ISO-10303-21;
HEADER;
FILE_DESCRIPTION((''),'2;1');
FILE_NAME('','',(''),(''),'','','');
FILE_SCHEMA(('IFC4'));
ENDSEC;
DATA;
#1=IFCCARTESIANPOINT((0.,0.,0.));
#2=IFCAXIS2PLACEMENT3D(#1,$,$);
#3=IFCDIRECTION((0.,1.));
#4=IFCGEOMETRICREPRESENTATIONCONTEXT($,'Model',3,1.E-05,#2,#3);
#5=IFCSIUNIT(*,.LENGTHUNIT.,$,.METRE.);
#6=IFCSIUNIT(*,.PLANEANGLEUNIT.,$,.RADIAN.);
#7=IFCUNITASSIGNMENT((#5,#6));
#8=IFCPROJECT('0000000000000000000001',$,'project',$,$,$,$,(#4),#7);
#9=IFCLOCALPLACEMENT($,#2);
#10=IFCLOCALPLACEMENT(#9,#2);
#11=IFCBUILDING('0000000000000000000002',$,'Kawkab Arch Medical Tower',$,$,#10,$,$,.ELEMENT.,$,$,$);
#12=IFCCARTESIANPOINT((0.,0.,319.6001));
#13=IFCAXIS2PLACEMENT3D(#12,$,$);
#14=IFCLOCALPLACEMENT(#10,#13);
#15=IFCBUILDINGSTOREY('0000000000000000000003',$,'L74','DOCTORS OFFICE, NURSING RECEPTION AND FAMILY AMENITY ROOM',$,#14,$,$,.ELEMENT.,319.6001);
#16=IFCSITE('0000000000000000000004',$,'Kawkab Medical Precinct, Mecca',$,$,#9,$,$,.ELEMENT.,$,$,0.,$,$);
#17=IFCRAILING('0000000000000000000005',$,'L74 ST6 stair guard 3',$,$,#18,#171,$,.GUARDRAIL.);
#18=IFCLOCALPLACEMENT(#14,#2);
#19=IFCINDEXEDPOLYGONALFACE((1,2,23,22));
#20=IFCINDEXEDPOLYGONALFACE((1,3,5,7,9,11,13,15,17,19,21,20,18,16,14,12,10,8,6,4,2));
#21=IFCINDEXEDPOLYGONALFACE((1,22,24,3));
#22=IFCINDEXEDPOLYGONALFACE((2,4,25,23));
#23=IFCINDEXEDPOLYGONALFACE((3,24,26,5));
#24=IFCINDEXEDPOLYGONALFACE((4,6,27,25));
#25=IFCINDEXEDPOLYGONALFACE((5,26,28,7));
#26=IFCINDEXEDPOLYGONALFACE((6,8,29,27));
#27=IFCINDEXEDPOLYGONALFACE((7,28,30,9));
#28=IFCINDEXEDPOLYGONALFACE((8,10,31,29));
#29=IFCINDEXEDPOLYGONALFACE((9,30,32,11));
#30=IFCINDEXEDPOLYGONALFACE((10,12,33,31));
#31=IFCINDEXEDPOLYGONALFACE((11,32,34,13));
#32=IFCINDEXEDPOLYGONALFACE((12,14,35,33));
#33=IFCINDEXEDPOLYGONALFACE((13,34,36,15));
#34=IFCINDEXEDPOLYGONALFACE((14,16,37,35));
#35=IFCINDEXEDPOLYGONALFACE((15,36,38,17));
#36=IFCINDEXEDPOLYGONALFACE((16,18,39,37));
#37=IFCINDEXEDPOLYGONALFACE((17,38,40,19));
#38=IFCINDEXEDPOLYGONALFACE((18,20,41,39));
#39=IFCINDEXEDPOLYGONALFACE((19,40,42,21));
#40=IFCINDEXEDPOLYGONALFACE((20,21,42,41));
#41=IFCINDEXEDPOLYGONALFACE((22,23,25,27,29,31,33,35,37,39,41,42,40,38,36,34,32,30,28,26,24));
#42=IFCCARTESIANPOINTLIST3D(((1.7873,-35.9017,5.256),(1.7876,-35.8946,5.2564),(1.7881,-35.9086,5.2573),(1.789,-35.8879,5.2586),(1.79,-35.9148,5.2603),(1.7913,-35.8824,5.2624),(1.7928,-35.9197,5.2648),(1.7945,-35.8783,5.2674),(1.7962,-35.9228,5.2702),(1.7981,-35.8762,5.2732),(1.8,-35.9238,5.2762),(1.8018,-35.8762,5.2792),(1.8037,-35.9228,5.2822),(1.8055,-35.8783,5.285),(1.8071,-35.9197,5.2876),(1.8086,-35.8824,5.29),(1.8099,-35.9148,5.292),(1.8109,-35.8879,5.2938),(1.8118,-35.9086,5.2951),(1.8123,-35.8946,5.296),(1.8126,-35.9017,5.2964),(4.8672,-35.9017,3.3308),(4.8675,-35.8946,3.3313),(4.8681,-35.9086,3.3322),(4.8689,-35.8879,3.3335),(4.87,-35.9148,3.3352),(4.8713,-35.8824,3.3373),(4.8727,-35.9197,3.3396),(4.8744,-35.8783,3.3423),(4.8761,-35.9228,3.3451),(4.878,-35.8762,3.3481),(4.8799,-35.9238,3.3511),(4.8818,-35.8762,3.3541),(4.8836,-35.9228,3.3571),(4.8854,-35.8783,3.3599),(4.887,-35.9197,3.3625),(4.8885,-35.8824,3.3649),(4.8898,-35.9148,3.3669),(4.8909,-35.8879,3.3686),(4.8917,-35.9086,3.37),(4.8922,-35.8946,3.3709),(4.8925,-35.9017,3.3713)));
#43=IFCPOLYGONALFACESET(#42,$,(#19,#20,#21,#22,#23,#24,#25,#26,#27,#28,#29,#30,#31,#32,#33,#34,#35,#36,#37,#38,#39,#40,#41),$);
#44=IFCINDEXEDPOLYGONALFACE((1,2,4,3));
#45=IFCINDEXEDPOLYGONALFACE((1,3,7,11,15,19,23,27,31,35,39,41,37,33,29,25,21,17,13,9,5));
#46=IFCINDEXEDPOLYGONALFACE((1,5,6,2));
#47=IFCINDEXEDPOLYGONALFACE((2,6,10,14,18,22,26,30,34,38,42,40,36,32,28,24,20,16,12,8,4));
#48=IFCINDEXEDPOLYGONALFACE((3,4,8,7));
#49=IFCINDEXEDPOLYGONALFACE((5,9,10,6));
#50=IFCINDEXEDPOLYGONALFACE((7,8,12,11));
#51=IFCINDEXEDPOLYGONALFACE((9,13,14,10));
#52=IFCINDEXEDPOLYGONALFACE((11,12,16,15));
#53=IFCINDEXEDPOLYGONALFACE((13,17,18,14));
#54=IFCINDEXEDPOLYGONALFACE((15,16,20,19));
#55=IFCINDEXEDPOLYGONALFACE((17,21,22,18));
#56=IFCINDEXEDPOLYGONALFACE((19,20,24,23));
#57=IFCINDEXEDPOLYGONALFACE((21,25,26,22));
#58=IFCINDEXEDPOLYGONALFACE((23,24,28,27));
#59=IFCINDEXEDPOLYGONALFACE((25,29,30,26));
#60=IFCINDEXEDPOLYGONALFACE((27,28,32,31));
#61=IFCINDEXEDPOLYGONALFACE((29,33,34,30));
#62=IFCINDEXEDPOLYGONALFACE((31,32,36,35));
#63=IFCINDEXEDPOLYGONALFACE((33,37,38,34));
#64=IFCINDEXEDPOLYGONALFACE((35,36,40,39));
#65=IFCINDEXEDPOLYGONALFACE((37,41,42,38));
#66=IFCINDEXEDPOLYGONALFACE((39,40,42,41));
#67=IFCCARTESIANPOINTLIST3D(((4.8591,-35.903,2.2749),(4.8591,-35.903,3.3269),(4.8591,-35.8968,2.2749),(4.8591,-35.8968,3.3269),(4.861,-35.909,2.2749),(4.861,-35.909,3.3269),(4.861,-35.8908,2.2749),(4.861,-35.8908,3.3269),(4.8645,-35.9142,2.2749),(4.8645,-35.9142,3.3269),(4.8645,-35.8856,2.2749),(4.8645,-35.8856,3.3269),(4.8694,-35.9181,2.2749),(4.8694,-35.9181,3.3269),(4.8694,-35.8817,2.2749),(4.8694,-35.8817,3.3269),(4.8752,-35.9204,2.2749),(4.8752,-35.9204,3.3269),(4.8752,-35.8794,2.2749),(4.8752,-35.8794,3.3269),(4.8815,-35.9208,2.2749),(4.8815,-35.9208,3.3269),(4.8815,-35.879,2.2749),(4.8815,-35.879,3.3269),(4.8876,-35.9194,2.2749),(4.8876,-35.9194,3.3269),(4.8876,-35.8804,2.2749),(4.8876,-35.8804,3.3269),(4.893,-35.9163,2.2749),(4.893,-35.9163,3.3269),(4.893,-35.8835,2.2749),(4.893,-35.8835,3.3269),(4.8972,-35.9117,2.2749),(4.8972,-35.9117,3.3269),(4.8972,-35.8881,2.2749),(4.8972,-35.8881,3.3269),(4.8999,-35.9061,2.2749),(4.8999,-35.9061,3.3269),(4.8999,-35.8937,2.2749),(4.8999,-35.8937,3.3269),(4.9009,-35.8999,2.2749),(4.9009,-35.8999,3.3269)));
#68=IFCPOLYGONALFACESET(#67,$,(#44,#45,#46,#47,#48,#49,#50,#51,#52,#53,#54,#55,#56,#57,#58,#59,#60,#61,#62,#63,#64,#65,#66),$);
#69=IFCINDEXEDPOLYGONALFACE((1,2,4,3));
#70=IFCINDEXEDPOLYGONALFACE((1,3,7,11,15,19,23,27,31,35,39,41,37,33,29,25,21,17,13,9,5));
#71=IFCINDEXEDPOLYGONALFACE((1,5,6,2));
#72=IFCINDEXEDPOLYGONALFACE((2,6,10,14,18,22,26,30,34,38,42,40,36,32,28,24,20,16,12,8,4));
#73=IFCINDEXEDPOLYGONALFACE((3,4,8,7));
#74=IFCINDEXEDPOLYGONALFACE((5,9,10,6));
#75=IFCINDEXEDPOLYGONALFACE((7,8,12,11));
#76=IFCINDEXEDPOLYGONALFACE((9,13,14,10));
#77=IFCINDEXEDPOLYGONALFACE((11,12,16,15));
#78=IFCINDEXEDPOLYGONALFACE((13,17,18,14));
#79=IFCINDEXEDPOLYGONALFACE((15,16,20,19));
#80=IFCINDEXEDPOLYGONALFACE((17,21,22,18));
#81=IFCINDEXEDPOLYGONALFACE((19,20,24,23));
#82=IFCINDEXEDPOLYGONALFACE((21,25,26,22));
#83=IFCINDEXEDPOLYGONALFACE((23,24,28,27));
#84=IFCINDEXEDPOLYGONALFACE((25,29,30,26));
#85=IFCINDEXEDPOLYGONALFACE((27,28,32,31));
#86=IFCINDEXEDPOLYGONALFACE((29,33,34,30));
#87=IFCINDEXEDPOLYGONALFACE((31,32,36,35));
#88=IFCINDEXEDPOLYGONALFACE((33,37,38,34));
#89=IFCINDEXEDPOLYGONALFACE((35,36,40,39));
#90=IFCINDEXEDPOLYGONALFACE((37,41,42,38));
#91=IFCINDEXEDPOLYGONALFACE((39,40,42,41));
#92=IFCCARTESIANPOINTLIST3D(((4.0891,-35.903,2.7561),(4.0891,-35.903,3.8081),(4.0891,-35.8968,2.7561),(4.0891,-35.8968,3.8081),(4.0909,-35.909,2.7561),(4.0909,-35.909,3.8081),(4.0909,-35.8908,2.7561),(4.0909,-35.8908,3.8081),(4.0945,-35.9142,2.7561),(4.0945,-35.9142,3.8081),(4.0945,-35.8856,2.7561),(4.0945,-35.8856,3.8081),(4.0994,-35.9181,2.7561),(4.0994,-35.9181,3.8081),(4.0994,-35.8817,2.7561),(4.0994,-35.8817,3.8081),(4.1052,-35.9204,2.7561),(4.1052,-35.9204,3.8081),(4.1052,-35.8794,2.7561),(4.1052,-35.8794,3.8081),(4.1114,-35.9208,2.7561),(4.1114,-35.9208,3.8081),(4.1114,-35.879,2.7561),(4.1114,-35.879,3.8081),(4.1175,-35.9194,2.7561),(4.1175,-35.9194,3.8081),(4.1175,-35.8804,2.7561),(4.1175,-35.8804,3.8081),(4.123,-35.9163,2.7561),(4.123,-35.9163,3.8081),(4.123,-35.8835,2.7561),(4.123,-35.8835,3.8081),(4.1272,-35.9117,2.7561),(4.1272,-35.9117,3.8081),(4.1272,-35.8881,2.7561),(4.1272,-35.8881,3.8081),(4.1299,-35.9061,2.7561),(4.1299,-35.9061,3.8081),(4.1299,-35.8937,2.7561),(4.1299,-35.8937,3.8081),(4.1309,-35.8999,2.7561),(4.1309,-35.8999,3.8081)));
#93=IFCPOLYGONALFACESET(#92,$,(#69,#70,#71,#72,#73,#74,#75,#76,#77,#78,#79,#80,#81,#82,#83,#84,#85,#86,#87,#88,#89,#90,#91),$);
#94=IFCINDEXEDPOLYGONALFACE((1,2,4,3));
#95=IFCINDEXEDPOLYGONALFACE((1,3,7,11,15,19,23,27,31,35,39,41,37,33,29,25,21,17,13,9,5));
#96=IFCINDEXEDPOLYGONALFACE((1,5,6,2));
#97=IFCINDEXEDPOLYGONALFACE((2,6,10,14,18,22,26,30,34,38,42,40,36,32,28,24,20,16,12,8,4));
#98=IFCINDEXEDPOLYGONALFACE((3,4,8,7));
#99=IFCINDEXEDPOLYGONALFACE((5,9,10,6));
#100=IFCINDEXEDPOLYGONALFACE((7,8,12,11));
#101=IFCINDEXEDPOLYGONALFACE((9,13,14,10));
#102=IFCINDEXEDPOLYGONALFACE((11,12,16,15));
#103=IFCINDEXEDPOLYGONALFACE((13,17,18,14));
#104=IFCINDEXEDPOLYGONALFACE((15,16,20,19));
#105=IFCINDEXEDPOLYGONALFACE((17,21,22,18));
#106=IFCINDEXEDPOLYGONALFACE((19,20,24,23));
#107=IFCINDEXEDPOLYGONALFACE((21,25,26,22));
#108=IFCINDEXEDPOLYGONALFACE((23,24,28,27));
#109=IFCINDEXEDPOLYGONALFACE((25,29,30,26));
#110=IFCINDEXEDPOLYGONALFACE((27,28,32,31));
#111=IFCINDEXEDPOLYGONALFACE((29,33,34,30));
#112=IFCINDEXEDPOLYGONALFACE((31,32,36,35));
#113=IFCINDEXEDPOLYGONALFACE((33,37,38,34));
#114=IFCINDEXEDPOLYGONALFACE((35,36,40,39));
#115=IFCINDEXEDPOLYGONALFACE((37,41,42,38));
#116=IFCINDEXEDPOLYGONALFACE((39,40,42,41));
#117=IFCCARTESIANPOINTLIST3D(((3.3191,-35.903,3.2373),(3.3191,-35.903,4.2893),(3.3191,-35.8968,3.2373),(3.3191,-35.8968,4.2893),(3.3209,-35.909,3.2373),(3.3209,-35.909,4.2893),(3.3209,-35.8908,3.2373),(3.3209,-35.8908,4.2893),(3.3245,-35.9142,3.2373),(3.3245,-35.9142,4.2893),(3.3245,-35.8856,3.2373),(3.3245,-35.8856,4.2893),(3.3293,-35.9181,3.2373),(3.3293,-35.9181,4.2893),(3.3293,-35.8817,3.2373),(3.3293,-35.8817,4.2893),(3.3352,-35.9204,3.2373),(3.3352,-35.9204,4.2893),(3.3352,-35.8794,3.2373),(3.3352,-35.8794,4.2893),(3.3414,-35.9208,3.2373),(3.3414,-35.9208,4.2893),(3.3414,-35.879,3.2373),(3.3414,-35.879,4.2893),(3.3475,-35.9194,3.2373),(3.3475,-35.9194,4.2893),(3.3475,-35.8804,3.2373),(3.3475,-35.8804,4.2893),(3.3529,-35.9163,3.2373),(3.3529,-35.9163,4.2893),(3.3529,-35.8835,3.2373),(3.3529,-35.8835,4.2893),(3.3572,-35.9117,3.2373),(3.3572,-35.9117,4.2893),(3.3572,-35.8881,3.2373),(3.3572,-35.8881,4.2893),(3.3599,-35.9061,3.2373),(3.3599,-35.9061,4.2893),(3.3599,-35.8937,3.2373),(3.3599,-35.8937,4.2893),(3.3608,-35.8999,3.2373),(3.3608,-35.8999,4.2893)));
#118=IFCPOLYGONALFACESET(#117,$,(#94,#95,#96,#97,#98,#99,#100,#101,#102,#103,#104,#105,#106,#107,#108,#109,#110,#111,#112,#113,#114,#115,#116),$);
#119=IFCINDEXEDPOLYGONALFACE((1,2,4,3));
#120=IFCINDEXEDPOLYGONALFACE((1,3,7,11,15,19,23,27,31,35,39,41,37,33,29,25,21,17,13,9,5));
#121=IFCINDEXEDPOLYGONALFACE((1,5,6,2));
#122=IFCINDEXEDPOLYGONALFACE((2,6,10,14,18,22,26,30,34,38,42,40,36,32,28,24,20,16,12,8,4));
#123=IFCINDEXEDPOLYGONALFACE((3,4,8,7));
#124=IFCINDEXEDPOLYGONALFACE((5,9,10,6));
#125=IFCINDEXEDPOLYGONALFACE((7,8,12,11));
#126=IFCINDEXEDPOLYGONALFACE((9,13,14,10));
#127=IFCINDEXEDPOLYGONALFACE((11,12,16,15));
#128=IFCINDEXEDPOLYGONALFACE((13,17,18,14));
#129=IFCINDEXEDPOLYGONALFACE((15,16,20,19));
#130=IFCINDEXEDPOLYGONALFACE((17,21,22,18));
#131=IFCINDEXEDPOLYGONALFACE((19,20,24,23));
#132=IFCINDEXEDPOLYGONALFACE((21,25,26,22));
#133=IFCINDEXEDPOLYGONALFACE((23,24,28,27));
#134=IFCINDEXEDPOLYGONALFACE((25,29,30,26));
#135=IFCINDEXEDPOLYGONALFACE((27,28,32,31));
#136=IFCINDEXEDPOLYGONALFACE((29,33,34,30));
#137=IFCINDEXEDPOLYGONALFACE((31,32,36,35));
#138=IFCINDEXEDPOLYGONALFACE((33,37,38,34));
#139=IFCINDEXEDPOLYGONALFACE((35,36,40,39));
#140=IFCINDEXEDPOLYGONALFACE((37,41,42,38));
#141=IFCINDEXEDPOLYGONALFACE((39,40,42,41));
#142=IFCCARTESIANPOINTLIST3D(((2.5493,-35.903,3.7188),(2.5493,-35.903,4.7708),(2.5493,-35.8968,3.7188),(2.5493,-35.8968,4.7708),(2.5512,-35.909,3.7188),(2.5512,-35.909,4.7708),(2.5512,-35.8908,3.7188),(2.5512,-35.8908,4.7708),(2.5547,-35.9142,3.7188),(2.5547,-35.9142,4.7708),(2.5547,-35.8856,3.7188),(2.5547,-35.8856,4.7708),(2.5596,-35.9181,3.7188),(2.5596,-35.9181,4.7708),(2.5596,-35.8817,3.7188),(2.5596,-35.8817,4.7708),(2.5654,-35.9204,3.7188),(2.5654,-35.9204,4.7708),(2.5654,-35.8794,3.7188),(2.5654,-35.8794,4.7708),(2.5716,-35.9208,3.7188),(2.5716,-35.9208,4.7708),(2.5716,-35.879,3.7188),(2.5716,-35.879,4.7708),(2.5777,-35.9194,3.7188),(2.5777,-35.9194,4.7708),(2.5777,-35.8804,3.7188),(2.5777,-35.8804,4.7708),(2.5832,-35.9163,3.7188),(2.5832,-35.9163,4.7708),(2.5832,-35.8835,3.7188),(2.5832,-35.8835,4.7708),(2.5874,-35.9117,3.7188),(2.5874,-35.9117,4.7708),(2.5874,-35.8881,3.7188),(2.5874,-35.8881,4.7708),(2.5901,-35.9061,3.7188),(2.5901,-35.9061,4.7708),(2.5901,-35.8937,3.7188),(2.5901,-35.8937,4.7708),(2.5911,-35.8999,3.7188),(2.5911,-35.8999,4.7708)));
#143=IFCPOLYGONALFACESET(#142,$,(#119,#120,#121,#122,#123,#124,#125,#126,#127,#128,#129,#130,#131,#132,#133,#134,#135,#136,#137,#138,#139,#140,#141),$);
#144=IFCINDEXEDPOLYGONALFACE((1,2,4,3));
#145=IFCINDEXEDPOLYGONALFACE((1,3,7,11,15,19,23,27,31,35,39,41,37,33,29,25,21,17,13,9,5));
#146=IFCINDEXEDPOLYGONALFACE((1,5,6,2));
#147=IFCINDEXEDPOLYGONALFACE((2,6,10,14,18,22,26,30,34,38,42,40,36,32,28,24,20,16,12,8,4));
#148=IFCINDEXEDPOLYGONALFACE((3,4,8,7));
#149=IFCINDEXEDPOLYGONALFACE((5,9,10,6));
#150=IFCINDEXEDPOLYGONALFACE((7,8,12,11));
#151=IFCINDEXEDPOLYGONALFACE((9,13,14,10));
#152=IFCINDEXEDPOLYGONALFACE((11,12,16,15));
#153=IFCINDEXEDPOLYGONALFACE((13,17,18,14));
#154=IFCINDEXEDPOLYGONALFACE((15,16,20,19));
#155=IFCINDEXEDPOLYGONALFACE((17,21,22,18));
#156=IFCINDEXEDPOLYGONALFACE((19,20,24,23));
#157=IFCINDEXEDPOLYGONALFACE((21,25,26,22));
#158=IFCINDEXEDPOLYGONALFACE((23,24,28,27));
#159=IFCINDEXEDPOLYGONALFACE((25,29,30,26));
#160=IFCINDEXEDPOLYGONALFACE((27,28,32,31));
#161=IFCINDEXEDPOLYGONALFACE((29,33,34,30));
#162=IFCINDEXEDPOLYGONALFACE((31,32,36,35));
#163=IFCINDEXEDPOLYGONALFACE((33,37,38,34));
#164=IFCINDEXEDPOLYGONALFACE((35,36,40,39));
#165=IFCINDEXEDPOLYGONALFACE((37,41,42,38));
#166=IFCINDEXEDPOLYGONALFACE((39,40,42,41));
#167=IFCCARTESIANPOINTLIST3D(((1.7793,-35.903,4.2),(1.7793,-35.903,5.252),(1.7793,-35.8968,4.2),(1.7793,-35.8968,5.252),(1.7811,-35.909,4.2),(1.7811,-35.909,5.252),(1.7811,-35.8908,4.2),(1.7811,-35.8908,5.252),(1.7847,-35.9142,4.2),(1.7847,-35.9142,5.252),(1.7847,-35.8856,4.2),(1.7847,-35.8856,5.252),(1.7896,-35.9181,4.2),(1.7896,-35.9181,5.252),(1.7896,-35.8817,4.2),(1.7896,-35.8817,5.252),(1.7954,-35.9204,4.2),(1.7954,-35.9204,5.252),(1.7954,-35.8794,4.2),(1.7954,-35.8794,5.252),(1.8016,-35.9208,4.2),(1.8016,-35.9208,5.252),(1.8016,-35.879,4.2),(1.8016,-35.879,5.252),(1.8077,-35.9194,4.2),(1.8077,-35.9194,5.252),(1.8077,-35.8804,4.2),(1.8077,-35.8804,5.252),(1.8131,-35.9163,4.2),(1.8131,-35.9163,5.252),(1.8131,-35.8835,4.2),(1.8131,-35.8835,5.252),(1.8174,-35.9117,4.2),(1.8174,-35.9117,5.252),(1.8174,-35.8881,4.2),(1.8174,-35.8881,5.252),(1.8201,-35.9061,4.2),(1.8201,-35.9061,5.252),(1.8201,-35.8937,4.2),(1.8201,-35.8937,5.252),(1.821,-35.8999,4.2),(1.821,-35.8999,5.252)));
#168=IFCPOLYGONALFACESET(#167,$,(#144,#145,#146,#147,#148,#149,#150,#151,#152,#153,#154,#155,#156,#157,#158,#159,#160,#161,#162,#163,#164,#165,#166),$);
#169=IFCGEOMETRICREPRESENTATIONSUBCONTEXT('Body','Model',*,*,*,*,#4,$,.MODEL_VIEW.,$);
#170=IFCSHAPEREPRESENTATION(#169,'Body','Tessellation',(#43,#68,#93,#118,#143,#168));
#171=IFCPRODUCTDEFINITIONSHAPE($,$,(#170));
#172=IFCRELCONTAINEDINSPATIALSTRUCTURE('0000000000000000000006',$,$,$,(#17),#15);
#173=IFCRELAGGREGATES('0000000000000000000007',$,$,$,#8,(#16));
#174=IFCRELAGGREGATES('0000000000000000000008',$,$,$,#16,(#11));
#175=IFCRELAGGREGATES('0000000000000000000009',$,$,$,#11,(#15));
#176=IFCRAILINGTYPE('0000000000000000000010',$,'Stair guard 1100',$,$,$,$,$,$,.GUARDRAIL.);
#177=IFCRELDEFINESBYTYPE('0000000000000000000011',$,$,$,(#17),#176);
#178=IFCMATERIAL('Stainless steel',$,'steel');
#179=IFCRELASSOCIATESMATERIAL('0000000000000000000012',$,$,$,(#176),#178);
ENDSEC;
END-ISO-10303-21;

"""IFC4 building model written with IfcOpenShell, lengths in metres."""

from ifc_helpers import new_model, si_unit, direction, frame, origin, origin_2d, place, context, subcontext, project, spatial, circle, extrude, material, type_object, element, save


model = new_model("IFC4")

# Units and contexts
model_context = context("Model", 3, precision=1e-05, world=origin(), true_north=direction((0.0, 1.0)))
body_context = subcontext(model_context, "Body", "Model", "MODEL_VIEW")
ifc_project = project(units=[si_unit("LENGTHUNIT", "METRE"), si_unit("PLANEANGLEUNIT", "RADIAN")], contexts=[model_context])

# Site, building, storey
site_placement = place(None, origin())
site = spatial("IfcSite", under=ifc_project, at=site_placement, Name="Kawkab Medical Precinct, Mecca", CompositionType="ELEMENT", RefElevation=0.0)
building_placement = place(site_placement, origin())
building = spatial("IfcBuilding", under=site, at=building_placement, Name="Kawkab Arch Medical Tower", CompositionType="ELEMENT")
storey_placement = place(building_placement, frame((0.0, 0.0, 319.6001)))
storey = spatial("IfcBuildingStorey", under=building, at=storey_placement, Name="L74", Description="DOCTORS OFFICE, NURSING RECEPTION AND FAMILY AMENITY ROOM", CompositionType="ELEMENT", Elevation=319.6001)

# Railing
ifc_material_1 = material(Name="Stainless steel", Category="steel")
railing_type_1 = type_object("IfcRailingType", Name="Stair guard 1100", PredefinedType="GUARDRAIL", material=ifc_material_1)
railing_1_placement = place(storey_placement, frame((4.8799, -35.8999, 2.2749)))
element("IfcRailing", 1, at=railing_1_placement, inside=storey, type_object=railing_type_1, Name="L74 ST6 stair guard 3", PredefinedType="GUARDRAIL", context=body_context, shape_type="SweptSolid", body=[
    extrude(circle(Radius=0.0239, at=origin_2d()), frame((0.0, 0.0, 1.0762), z_axis=(-0.847979, 0.0, 0.530029), x_axis=(0.0, -1.0, 0.0)), (0.0, 0.0, 1.0), 3.6321),
    extrude(circle(Radius=0.021, at=origin_2d()), origin(), (0.0, 0.0, 1.0), 1.052),
    extrude(circle(Radius=0.021, at=origin_2d()), frame((-0.77, 0.0, 0.4812)), (0.0, 0.0, 1.0), 1.052),
    extrude(circle(Radius=0.021, at=origin_2d()), frame((-1.54, 0.0, 0.9624)), (0.0, 0.0, 1.0), 1.052),
    extrude(circle(Radius=0.021, at=origin_2d()), frame((-2.3098, 0.0, 1.4438)), (0.0, 0.0, 1.0), 1.052),
    extrude(circle(Radius=0.021, at=origin_2d()), frame((-3.0798, 0.0, 1.925)), (0.0, 0.0, 1.0), 1.052),
])

save(model, "model.ifc")
